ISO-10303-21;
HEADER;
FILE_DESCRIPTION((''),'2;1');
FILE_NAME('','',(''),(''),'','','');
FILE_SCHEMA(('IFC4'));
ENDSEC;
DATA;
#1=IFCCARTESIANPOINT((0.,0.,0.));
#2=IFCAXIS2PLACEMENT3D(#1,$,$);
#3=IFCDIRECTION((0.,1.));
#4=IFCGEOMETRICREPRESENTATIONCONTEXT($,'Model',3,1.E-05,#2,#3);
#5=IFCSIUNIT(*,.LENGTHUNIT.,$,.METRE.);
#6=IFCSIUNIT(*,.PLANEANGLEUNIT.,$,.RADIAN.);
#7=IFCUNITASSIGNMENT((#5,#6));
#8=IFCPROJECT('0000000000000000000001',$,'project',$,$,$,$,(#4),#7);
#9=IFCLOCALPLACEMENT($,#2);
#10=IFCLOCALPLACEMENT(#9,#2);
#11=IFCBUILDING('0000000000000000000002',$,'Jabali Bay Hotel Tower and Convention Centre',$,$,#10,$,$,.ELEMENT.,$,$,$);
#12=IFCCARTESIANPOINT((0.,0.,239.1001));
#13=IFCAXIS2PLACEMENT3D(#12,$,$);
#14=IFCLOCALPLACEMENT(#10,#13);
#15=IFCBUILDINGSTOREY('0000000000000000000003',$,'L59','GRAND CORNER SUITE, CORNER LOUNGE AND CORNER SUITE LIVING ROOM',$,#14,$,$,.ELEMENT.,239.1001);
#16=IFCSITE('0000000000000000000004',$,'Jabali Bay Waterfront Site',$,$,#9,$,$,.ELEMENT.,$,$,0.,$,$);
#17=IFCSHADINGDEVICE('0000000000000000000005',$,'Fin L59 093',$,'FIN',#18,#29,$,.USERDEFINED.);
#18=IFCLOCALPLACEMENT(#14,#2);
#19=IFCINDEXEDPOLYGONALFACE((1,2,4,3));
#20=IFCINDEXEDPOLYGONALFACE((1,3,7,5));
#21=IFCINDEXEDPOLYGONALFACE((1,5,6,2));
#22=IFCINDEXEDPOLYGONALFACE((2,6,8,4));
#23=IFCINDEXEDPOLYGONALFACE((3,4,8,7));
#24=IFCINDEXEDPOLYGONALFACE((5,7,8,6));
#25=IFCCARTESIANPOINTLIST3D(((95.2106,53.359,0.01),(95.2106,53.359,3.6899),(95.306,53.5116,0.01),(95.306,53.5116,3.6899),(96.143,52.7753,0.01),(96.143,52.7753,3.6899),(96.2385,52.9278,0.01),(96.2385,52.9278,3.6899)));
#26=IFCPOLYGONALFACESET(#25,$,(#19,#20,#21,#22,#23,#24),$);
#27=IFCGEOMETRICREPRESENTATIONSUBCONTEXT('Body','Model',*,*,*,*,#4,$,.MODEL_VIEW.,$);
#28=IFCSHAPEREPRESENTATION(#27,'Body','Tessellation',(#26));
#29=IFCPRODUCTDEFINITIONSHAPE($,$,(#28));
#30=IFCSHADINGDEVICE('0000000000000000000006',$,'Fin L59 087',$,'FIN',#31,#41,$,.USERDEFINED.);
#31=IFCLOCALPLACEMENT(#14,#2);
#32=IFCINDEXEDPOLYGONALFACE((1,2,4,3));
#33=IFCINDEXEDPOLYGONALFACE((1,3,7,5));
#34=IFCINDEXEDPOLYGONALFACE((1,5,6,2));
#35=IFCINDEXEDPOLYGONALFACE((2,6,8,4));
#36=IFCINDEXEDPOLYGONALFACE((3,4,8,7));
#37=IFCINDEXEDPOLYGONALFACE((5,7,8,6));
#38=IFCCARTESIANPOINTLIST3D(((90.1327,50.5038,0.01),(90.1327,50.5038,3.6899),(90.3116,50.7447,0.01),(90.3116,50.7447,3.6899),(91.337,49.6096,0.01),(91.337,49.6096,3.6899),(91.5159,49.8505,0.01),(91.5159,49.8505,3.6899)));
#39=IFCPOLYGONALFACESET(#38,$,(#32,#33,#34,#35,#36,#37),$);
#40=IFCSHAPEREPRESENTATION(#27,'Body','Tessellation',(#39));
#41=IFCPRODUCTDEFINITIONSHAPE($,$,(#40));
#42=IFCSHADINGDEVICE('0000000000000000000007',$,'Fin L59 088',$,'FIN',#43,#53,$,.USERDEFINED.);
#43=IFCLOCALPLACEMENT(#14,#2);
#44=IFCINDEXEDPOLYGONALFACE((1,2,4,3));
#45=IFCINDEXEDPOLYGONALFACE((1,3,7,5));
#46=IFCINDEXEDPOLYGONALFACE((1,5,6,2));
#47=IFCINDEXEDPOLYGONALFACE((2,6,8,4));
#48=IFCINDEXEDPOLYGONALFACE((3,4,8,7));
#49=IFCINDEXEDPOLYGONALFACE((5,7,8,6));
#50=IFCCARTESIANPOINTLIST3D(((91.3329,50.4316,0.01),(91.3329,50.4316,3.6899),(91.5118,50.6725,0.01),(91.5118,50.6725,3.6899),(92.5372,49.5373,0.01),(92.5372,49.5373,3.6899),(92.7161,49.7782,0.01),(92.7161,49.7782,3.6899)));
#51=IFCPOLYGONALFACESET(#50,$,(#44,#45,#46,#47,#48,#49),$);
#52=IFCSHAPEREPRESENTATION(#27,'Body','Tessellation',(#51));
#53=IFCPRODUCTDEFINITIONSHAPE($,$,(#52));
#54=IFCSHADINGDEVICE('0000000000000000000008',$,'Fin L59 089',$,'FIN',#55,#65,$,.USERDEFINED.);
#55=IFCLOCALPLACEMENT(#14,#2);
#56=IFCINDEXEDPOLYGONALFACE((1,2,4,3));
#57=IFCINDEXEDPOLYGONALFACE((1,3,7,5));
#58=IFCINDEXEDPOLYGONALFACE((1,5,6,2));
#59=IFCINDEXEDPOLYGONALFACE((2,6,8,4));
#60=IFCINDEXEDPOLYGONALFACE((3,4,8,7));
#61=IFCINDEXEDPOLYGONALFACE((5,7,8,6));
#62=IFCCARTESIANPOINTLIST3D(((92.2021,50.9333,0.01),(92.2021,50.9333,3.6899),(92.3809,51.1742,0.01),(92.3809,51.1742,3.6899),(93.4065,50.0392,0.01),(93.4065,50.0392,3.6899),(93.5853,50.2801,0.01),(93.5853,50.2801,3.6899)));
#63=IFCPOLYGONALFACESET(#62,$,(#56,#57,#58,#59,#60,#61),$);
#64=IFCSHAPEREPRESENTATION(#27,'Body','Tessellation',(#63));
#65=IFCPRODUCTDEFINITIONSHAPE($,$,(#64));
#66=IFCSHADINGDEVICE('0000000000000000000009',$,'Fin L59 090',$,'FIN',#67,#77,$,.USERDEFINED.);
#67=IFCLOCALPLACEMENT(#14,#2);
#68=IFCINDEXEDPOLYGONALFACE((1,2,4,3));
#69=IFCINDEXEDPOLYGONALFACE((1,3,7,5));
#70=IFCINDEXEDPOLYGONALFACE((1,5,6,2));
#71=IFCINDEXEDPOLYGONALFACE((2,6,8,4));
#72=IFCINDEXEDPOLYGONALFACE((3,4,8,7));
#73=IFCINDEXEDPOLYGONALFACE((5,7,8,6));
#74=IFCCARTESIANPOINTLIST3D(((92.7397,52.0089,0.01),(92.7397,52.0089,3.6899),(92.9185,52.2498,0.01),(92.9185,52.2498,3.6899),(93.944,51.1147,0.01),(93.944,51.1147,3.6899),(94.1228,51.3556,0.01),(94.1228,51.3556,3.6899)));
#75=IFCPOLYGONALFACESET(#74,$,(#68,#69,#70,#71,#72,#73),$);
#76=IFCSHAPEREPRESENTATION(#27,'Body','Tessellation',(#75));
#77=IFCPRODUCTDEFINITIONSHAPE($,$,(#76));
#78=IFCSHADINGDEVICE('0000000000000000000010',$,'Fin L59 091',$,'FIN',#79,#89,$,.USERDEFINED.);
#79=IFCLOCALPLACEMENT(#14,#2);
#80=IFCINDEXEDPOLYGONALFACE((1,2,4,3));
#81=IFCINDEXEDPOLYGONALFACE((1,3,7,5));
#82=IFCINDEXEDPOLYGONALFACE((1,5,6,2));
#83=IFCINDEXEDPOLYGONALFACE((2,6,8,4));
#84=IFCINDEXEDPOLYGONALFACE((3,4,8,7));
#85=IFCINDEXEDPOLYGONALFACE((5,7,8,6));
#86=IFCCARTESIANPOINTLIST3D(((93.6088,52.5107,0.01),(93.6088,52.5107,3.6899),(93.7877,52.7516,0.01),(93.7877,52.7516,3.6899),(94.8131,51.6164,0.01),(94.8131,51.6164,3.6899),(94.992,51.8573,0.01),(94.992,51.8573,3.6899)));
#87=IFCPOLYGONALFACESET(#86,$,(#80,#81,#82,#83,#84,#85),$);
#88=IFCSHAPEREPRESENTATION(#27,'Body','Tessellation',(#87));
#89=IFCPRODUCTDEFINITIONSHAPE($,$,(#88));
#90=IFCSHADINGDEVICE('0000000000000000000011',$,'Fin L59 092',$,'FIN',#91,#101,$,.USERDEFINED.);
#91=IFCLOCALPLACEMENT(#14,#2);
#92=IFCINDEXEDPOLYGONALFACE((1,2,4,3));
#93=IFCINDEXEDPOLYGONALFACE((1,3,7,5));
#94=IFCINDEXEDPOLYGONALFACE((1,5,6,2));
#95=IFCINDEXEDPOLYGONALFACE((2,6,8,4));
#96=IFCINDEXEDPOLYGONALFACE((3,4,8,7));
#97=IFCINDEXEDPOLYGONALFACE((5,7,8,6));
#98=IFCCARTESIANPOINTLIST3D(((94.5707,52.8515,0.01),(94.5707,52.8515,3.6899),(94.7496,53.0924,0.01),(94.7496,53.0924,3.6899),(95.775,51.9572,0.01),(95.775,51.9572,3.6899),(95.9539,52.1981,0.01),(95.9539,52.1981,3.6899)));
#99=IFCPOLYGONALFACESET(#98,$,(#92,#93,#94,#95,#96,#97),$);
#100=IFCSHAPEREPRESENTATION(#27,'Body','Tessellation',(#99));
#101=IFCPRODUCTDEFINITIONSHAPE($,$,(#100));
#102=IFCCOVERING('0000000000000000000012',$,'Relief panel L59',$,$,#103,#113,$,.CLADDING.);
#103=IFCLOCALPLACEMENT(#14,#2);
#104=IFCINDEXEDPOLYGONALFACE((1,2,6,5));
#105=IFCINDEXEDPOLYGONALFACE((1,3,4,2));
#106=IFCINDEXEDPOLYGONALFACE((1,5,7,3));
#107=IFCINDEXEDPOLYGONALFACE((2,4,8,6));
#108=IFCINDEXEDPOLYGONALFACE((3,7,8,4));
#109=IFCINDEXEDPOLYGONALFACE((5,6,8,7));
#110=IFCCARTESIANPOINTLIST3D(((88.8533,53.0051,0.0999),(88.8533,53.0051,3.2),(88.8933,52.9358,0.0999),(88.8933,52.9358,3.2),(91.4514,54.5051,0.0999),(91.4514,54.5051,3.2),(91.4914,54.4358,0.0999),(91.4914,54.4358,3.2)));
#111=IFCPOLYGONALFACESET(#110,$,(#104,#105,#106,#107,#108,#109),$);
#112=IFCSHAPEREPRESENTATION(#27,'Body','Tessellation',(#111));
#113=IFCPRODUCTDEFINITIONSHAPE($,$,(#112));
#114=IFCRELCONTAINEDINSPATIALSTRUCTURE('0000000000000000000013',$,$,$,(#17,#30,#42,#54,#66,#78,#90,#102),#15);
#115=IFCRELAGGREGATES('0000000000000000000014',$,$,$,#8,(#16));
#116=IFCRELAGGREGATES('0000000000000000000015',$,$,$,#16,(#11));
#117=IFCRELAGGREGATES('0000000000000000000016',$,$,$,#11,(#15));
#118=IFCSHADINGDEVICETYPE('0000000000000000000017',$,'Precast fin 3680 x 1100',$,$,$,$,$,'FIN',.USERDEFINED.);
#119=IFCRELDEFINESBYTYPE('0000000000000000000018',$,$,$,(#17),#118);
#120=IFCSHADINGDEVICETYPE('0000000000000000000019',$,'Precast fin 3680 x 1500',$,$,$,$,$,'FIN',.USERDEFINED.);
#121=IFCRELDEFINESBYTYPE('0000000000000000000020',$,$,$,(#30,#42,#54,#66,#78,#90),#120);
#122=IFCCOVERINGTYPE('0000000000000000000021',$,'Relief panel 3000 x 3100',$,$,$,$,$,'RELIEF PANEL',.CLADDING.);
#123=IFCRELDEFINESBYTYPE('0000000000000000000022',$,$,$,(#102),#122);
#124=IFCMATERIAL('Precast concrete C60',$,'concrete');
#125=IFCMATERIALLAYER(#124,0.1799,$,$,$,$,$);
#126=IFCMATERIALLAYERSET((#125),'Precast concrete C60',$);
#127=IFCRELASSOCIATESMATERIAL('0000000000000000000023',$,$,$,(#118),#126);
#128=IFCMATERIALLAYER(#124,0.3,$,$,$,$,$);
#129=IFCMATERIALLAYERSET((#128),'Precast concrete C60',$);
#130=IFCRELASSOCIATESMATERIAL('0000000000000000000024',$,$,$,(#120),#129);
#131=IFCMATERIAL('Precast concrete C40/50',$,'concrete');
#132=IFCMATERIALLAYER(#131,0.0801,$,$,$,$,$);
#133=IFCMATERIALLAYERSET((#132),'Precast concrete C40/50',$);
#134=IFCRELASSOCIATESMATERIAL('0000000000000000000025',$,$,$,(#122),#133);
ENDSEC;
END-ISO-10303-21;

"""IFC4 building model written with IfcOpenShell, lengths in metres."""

from ifc_helpers import new_model, si_unit, direction, frame, frame_2d, origin, origin_2d, place, context, subcontext, project, spatial, rectangle, extrude, material, layer, layer_set, type_object, element, save


model = new_model("IFC4")

# Units and contexts
model_context = context("Model", 3, precision=1e-05, world=origin(), true_north=direction((0.0, 1.0)))
body_context = subcontext(model_context, "Body", "Model", "MODEL_VIEW")
ifc_project = project(units=[si_unit("LENGTHUNIT", "METRE"), si_unit("PLANEANGLEUNIT", "RADIAN")], contexts=[model_context])

# Site, building, storey
site_placement = place(None, origin())
site = spatial("IfcSite", under=ifc_project, at=site_placement, Name="Jabali Bay Waterfront Site", CompositionType="ELEMENT", RefElevation=0.0)
building_placement = place(site_placement, origin())
building = spatial("IfcBuilding", under=site, at=building_placement, Name="Jabali Bay Hotel Tower and Convention Centre", CompositionType="ELEMENT")
storey_placement = place(building_placement, frame((0.0, 0.0, 239.1001)))
storey = spatial("IfcBuildingStorey", under=building, at=storey_placement, Name="L59", Description="GRAND CORNER SUITE, CORNER LOUNGE AND CORNER SUITE LIVING ROOM", CompositionType="ELEMENT", Elevation=239.1001)

# Shading devices
ifc_material_1 = material(Name="Precast concrete C60", Category="concrete")
ifc_layer_1 = layer(ifc_material_1, 0.1799)
ifc_layer_set_1 = layer_set([ifc_layer_1], Name="Precast concrete C60")
shading_device_type_1 = type_object("IfcShadingDeviceType", Name="Precast fin 3680 x 1100", ElementType="FIN", PredefinedType="USERDEFINED", material=ifc_layer_set_1)
shading_device_placement = place(storey_placement, frame((95.2583, 53.4353, 0.01), z_axis=(0.0, 0.0, 1.0), x_axis=(0.847587, -0.530657, 0.0)))
element("IfcShadingDevice", 1, at=shading_device_placement, inside=storey, type_object=shading_device_type_1, Name="Fin L59 093", ObjectType="FIN", PredefinedType="USERDEFINED", context=body_context, shape_type="SweptSolid", body=[
    extrude(rectangle(XDim=1.1001, YDim=0.1799, at=frame_2d((0.55, 0.0))), origin(), (0.0, 0.0, 1.0), 3.6799),
])
ifc_layer_2 = layer(ifc_material_1, 0.3)
ifc_layer_set_2 = layer_set([ifc_layer_2], Name="Precast concrete C60")
shading_device_type_2 = type_object("IfcShadingDeviceType", Name="Precast fin 3680 x 1500", ElementType="FIN", PredefinedType="USERDEFINED", material=ifc_layer_set_2)
for number, where, z_axis, x_axis, name in (
    (2, (90.2222, 50.6243, 0.01), (0.0, 0.0, 1.0), (0.802862, -0.596165, 0.0), "Fin L59 087"),
    (3, (91.4224, 50.552, 0.01), (0.0, 0.0, 1.0), (0.802862, -0.596165, 0.0), "Fin L59 088"),
    (4, (92.2915, 51.0537, 0.01), (0.0, 0.0, 1.0), (0.80294, -0.59606, 0.0), "Fin L59 089"),
    (5, (92.8291, 52.1294, 0.01), (0.0, 0.0, 1.0), (0.802862, -0.596165, 0.0), "Fin L59 090"),
    (6, (93.6982, 52.6311, 0.01), (0.0, 0.0, 1.0), (0.802862, -0.596165, 0.0), "Fin L59 091"),
    (7, (94.6602, 52.9719, 0.01), (0.0, 0.0, 1.0), (0.802862, -0.596165, 0.0), "Fin L59 092"),
):
    element("IfcShadingDevice", number, at=place(storey_placement, frame(where, z_axis=z_axis, x_axis=x_axis)), inside=storey, type_object=shading_device_type_2, Name=name, ObjectType="FIN", PredefinedType="USERDEFINED", context=body_context, shape_type="SweptSolid", body=[
        extrude(rectangle(XDim=1.5, YDim=0.3, at=frame_2d((0.75, 0.0))), origin(), (0.0, 0.0, 1.0), 3.6799),
    ])

# Covering
ifc_material_2 = material(Name="Precast concrete C40/50", Category="concrete")
ifc_layer_3 = layer(ifc_material_2, 0.0801)
ifc_layer_set_3 = layer_set([ifc_layer_3], Name="Precast concrete C40/50")
covering_type = type_object("IfcCoveringType", Name="Relief panel 3000 x 3100", ElementType="RELIEF PANEL", PredefinedType="CLADDING", material=ifc_layer_set_3)
covering_placement = place(storey_placement, frame((90.1724, 53.7205, 0.0999), z_axis=(0.0, 0.0, 1.0), x_axis=(-0.866025, -0.5, 0.0)))
element("IfcCovering", 8, at=covering_placement, inside=storey, type_object=covering_type, Name="Relief panel L59", PredefinedType="CLADDING", context=body_context, shape_type="SweptSolid", body=[
    extrude(rectangle(XDim=3.0, YDim=0.0801, at=origin_2d()), origin(), (0.0, 0.0, 1.0), 3.1001),
])

save(model, "model.ifc")
